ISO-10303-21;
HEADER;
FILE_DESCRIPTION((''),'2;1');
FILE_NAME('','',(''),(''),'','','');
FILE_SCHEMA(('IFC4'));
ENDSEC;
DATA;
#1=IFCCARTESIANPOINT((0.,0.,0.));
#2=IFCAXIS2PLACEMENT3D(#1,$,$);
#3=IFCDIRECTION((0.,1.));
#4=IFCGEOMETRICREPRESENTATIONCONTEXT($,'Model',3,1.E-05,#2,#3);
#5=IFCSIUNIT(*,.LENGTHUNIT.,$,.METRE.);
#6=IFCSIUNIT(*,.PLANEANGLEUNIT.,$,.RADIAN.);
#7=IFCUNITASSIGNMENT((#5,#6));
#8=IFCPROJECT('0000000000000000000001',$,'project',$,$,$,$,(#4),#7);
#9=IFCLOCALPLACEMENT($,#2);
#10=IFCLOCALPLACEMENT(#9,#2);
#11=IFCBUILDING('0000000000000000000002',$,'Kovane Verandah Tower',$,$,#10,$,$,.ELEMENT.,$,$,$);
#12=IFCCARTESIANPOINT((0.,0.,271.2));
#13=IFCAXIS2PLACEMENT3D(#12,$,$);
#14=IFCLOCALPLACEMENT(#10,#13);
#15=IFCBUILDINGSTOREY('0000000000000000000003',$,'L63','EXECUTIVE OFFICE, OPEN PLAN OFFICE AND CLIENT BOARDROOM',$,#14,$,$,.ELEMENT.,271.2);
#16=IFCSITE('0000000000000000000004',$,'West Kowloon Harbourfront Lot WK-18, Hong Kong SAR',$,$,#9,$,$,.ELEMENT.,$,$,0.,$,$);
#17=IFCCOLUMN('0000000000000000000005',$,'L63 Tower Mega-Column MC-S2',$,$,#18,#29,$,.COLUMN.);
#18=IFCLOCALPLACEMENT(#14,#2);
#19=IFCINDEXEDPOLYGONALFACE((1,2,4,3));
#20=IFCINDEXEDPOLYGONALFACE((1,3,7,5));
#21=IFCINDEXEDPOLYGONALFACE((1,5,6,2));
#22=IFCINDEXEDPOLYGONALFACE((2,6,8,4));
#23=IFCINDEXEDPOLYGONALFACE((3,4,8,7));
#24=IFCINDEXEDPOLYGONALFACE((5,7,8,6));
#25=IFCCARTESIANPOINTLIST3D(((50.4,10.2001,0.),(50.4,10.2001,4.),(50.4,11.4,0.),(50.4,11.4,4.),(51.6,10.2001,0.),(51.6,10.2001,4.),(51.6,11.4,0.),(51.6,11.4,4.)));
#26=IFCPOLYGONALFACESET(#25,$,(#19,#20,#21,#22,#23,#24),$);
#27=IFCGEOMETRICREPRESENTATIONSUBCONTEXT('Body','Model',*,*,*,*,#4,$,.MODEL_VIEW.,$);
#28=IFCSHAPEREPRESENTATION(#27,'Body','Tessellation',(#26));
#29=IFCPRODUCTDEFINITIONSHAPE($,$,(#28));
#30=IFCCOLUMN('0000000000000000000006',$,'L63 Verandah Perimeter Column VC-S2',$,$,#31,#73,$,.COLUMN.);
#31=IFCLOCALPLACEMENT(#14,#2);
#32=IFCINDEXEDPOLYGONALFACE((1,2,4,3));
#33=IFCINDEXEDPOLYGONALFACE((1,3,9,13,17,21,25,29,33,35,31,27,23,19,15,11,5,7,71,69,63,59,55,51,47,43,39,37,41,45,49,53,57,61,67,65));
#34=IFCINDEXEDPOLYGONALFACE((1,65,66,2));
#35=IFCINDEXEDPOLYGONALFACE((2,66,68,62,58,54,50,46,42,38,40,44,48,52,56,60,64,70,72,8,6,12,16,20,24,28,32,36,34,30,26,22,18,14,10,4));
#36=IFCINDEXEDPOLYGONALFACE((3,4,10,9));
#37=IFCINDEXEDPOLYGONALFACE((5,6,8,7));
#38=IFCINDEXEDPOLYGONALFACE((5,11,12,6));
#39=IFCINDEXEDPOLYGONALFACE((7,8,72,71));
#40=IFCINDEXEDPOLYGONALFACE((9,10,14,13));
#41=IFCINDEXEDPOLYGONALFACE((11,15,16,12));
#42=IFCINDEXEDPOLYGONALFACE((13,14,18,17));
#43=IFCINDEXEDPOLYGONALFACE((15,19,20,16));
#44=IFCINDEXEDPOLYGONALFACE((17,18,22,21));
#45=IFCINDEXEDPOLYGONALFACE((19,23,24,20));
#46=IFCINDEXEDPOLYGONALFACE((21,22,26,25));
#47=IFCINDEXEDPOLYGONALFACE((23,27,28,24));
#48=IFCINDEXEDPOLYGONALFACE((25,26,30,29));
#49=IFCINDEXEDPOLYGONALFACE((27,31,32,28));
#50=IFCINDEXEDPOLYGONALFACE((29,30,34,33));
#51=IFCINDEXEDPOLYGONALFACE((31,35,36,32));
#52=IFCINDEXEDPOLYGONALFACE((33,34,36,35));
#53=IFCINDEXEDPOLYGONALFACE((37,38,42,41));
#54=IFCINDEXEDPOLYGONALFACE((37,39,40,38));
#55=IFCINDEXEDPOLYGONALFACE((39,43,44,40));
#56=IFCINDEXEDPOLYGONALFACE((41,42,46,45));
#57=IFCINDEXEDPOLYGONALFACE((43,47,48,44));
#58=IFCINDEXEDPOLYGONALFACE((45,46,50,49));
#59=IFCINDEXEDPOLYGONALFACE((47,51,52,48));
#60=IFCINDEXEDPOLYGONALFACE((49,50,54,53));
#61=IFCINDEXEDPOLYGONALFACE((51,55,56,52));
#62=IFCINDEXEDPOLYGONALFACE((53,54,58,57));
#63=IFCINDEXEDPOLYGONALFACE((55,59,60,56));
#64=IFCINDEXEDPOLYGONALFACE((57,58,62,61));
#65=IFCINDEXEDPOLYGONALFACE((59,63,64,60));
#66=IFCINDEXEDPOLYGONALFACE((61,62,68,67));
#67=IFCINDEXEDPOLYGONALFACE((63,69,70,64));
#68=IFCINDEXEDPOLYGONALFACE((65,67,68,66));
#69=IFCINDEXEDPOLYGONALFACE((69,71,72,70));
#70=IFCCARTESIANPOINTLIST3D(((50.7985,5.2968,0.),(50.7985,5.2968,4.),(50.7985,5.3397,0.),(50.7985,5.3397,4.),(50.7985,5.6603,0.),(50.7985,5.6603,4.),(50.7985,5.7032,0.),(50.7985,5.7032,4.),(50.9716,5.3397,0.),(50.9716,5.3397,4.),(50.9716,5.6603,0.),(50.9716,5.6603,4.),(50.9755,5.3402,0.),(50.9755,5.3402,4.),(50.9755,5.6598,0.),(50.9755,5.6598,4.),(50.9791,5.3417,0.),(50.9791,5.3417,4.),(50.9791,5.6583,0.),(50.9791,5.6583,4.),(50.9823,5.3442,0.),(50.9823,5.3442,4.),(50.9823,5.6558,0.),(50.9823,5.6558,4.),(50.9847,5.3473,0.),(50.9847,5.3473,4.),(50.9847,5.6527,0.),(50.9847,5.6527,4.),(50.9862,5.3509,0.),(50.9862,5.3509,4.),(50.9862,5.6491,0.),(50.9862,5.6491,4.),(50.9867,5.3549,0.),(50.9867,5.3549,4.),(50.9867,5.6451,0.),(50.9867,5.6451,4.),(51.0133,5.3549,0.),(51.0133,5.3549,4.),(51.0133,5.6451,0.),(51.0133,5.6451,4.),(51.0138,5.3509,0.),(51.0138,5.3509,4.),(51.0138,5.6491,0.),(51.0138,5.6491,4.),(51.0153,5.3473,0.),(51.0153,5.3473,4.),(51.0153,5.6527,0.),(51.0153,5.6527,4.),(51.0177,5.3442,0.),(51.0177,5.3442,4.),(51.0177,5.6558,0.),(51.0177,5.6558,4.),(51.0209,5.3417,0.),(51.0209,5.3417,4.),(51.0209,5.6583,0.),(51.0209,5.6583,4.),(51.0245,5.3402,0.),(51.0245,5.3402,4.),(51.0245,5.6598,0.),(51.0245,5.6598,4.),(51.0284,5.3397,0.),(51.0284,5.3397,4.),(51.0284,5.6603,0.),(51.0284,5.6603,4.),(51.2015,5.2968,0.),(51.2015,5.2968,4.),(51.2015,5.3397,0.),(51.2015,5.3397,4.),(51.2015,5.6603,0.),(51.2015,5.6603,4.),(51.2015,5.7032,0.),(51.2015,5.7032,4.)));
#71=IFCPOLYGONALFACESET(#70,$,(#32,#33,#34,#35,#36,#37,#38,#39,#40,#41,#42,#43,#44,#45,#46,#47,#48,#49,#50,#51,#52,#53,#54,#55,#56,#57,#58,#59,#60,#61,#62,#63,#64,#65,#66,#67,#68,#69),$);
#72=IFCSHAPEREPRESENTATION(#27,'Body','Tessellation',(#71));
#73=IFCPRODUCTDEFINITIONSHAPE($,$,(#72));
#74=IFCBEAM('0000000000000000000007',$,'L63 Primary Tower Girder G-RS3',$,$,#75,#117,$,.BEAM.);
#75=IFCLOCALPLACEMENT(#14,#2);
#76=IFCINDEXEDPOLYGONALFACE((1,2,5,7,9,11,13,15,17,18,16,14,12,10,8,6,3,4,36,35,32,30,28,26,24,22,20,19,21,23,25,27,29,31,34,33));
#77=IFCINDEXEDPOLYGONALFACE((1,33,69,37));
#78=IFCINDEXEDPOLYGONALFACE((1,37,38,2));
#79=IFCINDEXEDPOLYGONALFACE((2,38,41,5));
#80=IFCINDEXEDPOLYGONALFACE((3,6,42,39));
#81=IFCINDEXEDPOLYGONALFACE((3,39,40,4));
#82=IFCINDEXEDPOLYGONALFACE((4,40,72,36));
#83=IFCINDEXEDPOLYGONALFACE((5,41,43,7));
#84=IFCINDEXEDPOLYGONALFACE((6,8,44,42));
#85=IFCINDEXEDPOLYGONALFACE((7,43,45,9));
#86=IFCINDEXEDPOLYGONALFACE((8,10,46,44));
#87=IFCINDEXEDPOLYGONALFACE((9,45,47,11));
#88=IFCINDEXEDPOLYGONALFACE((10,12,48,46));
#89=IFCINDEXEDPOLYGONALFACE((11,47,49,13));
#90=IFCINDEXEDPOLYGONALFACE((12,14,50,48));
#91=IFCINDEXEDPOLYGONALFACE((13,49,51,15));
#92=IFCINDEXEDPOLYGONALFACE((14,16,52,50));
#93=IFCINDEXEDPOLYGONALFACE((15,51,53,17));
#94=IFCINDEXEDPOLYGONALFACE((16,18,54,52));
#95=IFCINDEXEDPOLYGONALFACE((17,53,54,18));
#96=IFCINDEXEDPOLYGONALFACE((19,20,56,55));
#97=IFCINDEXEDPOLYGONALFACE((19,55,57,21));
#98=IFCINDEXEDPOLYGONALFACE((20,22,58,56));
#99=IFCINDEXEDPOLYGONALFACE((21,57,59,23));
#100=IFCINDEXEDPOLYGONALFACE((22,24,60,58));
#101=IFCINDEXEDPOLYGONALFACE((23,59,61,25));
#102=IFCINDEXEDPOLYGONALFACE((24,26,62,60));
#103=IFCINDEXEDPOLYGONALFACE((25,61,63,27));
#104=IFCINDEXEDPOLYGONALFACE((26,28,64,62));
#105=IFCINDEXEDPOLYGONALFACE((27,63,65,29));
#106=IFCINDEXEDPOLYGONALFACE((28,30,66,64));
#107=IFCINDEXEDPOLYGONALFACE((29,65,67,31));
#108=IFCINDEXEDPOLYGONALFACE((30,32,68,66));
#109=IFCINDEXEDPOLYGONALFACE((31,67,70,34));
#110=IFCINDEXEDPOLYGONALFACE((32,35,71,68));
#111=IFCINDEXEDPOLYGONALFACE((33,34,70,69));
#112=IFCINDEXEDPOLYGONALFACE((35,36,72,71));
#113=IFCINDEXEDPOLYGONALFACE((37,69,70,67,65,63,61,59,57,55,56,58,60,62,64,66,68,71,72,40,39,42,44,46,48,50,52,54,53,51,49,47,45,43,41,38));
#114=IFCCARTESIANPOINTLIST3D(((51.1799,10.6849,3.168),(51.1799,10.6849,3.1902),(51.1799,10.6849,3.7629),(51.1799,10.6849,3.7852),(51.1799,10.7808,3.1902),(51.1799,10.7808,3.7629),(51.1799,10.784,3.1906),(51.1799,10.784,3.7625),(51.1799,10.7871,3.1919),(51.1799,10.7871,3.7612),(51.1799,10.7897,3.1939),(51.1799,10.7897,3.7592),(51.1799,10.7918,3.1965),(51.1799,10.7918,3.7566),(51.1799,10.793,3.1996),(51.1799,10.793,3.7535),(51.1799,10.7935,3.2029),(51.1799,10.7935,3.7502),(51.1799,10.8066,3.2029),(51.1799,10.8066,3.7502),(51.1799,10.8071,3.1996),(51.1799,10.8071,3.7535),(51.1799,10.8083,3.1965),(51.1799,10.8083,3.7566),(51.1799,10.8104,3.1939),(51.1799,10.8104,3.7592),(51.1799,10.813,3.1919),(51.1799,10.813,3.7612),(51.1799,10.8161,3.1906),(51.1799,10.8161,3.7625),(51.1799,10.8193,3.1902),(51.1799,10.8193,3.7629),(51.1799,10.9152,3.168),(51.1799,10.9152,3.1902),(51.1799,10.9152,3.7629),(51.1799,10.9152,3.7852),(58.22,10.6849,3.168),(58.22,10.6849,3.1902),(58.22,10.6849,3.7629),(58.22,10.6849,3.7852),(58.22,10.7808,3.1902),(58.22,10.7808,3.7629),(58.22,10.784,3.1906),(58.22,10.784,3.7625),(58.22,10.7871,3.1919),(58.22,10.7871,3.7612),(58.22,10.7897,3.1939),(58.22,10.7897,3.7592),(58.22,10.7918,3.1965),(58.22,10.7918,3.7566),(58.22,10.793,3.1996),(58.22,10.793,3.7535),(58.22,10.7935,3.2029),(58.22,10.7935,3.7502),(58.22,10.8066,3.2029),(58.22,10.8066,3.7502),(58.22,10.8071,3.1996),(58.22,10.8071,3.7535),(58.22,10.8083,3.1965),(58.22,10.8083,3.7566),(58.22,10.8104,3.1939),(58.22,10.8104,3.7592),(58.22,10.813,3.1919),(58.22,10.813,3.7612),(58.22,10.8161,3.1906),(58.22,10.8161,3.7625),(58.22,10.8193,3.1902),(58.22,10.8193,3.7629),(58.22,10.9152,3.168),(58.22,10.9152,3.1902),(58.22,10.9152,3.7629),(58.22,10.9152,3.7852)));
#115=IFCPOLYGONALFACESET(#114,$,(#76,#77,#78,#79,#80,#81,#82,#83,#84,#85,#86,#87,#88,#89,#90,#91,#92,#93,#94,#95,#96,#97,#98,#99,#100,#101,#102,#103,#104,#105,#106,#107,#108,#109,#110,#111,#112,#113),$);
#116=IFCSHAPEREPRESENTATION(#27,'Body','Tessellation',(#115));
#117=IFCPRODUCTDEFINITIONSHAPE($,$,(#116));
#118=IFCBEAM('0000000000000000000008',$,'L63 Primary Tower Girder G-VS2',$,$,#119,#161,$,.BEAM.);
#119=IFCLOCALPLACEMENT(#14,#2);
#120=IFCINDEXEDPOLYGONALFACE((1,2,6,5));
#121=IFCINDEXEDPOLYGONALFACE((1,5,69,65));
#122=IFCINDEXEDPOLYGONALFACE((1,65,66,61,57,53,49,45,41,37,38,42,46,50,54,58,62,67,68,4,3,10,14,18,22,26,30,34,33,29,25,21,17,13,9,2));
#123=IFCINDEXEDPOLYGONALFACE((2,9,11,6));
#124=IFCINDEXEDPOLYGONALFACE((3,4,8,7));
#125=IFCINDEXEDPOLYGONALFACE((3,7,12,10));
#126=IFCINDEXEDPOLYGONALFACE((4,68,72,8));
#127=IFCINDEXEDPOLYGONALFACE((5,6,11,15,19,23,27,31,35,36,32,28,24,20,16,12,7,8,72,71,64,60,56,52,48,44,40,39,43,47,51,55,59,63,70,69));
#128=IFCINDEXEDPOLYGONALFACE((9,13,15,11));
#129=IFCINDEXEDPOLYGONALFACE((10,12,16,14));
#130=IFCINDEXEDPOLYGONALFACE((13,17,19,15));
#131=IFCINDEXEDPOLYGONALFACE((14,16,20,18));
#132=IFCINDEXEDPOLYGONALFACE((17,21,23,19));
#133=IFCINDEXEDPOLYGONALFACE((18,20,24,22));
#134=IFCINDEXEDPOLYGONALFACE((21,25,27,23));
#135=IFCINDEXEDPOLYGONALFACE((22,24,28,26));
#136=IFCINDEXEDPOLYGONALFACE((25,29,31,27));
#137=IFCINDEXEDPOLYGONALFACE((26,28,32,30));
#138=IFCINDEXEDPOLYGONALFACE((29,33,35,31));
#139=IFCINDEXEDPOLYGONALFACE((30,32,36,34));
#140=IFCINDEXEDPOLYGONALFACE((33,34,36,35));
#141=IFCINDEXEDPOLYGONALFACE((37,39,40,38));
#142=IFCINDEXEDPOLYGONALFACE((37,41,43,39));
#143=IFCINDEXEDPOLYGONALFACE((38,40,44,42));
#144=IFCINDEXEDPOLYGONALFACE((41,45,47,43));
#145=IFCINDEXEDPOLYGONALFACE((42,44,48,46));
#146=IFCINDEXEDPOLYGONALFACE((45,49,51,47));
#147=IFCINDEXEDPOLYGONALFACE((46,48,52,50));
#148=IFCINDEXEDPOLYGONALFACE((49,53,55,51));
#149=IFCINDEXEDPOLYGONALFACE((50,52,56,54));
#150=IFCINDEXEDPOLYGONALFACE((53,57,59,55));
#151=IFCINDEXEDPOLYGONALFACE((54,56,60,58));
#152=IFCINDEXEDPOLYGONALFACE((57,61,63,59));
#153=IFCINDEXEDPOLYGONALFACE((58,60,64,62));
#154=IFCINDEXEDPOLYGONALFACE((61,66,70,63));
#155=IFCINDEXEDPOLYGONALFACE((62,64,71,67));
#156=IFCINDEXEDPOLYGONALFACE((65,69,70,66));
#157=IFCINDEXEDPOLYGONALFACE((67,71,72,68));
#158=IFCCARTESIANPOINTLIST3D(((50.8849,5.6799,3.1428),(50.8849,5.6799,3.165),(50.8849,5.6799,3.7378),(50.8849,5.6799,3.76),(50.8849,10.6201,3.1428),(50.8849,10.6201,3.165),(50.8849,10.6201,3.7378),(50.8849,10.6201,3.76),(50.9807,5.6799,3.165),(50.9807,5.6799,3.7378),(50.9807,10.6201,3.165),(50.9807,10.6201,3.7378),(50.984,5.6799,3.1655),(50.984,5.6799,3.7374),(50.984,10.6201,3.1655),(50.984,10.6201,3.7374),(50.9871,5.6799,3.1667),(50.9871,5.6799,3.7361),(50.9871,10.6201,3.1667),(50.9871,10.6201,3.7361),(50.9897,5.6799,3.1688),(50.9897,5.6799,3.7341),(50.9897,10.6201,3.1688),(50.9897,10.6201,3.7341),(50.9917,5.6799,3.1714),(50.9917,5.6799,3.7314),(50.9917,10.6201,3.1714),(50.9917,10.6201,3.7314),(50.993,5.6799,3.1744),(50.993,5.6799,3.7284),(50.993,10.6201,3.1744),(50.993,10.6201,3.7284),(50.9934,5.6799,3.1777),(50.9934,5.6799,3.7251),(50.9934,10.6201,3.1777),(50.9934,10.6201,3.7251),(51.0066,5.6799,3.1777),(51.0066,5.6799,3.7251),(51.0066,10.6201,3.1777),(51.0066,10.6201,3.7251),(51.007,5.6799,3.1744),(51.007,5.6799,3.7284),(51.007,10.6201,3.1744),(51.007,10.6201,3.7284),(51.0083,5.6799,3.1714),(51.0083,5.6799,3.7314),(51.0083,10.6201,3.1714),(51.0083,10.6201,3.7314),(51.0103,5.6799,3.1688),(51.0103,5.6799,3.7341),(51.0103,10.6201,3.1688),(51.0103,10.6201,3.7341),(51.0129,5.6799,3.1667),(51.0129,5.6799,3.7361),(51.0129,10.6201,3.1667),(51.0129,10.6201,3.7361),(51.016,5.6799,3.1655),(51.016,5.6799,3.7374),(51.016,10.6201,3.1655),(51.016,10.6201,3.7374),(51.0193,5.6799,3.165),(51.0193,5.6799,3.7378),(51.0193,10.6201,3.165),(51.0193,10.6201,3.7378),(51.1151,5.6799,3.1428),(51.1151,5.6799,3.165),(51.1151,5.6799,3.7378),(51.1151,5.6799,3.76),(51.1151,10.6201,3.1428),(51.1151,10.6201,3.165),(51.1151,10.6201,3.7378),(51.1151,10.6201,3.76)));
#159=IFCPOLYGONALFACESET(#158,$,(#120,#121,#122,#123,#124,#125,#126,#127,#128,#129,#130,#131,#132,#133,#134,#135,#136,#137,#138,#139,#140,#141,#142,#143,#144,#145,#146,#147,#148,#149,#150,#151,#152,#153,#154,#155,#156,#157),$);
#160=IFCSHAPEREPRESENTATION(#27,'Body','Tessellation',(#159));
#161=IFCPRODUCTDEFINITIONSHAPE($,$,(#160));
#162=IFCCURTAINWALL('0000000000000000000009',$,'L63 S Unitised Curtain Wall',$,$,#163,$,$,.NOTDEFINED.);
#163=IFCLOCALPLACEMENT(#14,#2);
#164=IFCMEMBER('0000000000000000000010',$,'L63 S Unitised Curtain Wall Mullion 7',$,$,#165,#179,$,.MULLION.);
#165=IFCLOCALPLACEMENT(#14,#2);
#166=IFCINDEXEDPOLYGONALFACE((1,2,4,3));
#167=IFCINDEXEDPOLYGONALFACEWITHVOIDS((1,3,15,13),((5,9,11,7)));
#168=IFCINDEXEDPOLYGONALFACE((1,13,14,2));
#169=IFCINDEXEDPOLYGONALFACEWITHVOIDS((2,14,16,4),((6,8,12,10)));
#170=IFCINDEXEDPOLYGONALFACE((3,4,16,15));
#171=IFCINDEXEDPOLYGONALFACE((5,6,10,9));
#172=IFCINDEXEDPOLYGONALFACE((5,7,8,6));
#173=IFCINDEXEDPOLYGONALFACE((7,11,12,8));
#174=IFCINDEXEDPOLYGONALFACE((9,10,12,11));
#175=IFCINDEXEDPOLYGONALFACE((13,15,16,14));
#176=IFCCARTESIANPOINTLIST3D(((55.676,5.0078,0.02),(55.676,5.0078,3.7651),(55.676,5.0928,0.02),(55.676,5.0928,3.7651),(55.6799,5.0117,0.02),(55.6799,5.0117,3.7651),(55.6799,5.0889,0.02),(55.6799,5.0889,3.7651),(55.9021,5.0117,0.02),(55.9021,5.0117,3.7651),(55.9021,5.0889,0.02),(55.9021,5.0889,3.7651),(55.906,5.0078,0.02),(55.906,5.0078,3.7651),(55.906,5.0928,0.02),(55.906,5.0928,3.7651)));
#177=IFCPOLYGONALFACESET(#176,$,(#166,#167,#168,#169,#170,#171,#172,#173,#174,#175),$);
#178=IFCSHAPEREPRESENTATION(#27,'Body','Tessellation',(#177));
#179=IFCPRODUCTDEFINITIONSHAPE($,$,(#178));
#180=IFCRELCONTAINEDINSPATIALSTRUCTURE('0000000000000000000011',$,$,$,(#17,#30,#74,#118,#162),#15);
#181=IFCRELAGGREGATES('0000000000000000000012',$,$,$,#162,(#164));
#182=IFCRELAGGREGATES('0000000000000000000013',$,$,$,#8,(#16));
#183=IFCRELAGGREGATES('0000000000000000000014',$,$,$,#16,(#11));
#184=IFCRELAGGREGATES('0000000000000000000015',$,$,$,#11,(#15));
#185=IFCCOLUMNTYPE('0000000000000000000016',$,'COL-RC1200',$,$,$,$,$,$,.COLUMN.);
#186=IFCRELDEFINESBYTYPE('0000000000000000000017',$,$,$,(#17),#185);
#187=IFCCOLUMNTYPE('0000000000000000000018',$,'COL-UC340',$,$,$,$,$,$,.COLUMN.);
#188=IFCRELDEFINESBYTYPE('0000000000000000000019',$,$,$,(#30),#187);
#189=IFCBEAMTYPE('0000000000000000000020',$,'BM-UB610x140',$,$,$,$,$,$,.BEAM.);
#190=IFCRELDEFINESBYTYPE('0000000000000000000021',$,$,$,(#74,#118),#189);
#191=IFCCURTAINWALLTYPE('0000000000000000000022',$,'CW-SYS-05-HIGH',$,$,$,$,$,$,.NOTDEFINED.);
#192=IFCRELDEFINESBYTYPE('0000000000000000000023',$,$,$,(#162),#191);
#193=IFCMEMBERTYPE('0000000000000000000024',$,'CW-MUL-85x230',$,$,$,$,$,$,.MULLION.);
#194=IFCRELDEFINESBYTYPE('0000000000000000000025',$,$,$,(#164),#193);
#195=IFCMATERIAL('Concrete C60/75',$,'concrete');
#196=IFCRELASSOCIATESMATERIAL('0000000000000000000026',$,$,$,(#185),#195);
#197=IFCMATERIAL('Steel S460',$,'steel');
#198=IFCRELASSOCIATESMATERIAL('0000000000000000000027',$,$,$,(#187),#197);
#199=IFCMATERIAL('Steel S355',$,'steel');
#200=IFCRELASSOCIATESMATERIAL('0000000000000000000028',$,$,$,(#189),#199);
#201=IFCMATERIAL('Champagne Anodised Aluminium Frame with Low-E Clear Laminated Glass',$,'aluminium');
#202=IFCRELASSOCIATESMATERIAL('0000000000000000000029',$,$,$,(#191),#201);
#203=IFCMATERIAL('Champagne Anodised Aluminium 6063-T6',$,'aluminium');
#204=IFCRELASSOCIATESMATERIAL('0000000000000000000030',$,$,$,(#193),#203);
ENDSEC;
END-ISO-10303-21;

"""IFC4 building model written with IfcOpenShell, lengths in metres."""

from ifc_helpers import new_model, si_unit, direction, frame, origin, origin_2d, place, context, subcontext, project, spatial, rectangle, hollow_rectangle, i_section, extrude, material, material_profile, profile_set, type_object, element, aggregate, save


model = new_model("IFC4")

# Units and contexts
model_context = context("Model", 3, precision=1e-05, world=origin(), true_north=direction((0.0, 1.0)))
body_context = subcontext(model_context, "Body", "Model", "MODEL_VIEW")
ifc_project = project(units=[si_unit("LENGTHUNIT", "METRE"), si_unit("PLANEANGLEUNIT", "RADIAN")], contexts=[model_context])

# Site, building, storey
site_placement = place(None, origin())
site = spatial("IfcSite", under=ifc_project, at=site_placement, Name="West Kowloon Harbourfront Lot WK-18, Hong Kong SAR", CompositionType="ELEMENT", RefElevation=0.0)
building_placement = place(site_placement, origin())
building = spatial("IfcBuilding", under=site, at=building_placement, Name="Kovane Verandah Tower", CompositionType="ELEMENT")
storey_placement = place(building_placement, frame((0.0, 0.0, 271.2)))
storey = spatial("IfcBuildingStorey", under=building, at=storey_placement, Name="L63", Description="EXECUTIVE OFFICE, OPEN PLAN OFFICE AND CLIENT BOARDROOM", CompositionType="ELEMENT", Elevation=271.2)

# Columns
ifc_material_1 = material(Name="Concrete C60/75", Category="concrete")
ifc_material_profile_1 = material_profile(ifc_material_1, rectangle(XDim=1.2, YDim=1.2, at=origin_2d()), Name="RC1200x1200")
ifc_profile_set_1 = profile_set([ifc_material_profile_1], Name="Concrete C60/75")
column_type_1 = type_object("IfcColumnType", Name="COL-RC1200", PredefinedType="COLUMN", material=ifc_profile_set_1)
column_1_placement = place(storey_placement, frame((51.0, 10.8, 0.0), z_axis=(0.0, 0.0, 1.0), x_axis=(1.0, 0.0, 0.0)))
element("IfcColumn", 1, at=column_1_placement, inside=storey, type_object=column_type_1, Name="L63 Tower Mega-Column MC-S2", PredefinedType="COLUMN", context=body_context, shape_type="SweptSolid", body=[
    extrude(rectangle(XDim=1.2, YDim=1.2, at=origin_2d()), origin(), (0.0, 0.0, 1.0), 4.0),
])
ifc_material_2 = material(Name="Steel S460", Category="steel")
ifc_material_profile_2 = material_profile(ifc_material_2, i_section(OverallWidth=0.4031, OverallDepth=0.4065, WebThickness=0.0266, FlangeThickness=0.043, FilletRadius=0.0151, at=origin_2d()), Name="UC356x406x340")
ifc_profile_set_2 = profile_set([ifc_material_profile_2], Name="Steel S460")
column_type_2 = type_object("IfcColumnType", Name="COL-UC340", PredefinedType="COLUMN", material=ifc_profile_set_2)
column_2_placement = place(storey_placement, frame((51.0, 5.5, 0.0), z_axis=(0.0, 0.0, 1.0), x_axis=(1.0, 0.0, 0.0)))
element("IfcColumn", 2, at=column_2_placement, inside=storey, type_object=column_type_2, Name="L63 Verandah Perimeter Column VC-S2", PredefinedType="COLUMN", context=body_context, shape_type="SweptSolid", body=[
    extrude(i_section(OverallWidth=0.4031, OverallDepth=0.4065, WebThickness=0.0266, FlangeThickness=0.043, FilletRadius=0.0151, at=origin_2d()), origin(), (0.0, 0.0, 1.0), 4.0),
])

# Beams
ifc_material_3 = material(Name="Steel S355", Category="steel")
ifc_material_profile_3 = material_profile(ifc_material_3, i_section(OverallWidth=0.2302, OverallDepth=0.6172, WebThickness=0.0132, FlangeThickness=0.0222, FilletRadius=0.0127, at=origin_2d()), Name="UB610x229x140")
ifc_profile_set_3 = profile_set([ifc_material_profile_3], Name="Steel S355")
beam_type = type_object("IfcBeamType", Name="BM-UB610x140", PredefinedType="BEAM", material=ifc_profile_set_3)
beam_1_placement = place(storey_placement, frame((51.1799, 10.8, 3.4766), z_axis=(1.0, 0.0, 0.0), x_axis=(0.0, 1.0, 0.0)))
element("IfcBeam", 3, at=beam_1_placement, inside=storey, type_object=beam_type, Name="L63 Primary Tower Girder G-RS3", PredefinedType="BEAM", context=body_context, shape_type="SweptSolid", body=[
    extrude(i_section(OverallWidth=0.2302, OverallDepth=0.6172, WebThickness=0.0132, FlangeThickness=0.0222, FilletRadius=0.0127, at=origin_2d()), origin(), (0.0, 0.0, 1.0), 7.04),
])
beam_2_placement = place(storey_placement, frame((51.0, 10.6201, 3.4514), z_axis=(0.0, -1.0, 0.0), x_axis=(1.0, 0.0, 0.0)))
element("IfcBeam", 4, at=beam_2_placement, inside=storey, type_object=beam_type, Name="L63 Primary Tower Girder G-VS2", PredefinedType="BEAM", context=body_context, shape_type="SweptSolid", body=[
    extrude(i_section(OverallWidth=0.2302, OverallDepth=0.6172, WebThickness=0.0132, FlangeThickness=0.0222, FilletRadius=0.0127, at=origin_2d()), origin(), (0.0, 0.0, 1.0), 4.9402),
])

# Curtain wall, member
ifc_material_4 = material(Name="Champagne Anodised Aluminium Frame with Low-E Clear Laminated Glass", Category="aluminium")
curtain_wall_type = type_object("IfcCurtainWallType", Name="CW-SYS-05-HIGH", PredefinedType="NOTDEFINED", material=ifc_material_4)
curtain_wall_placement = place(storey_placement, origin())
curtain_wall = element("IfcCurtainWall", 5, at=curtain_wall_placement, inside=storey, type_object=curtain_wall_type, Name="L63 S Unitised Curtain Wall", PredefinedType="NOTDEFINED")
ifc_material_5 = material(Name="Champagne Anodised Aluminium 6063-T6", Category="aluminium")
ifc_material_profile_4 = material_profile(ifc_material_5, hollow_rectangle(XDim=0.085, YDim=0.23, WallThickness=0.0039, at=origin_2d()), Name="AL85x230x4")
ifc_profile_set_4 = profile_set([ifc_material_profile_4], Name="Champagne Anodised Aluminium 6063-T6")
member_type_1 = type_object("IfcMemberType", Name="CW-MUL-85x230", PredefinedType="MULLION", material=ifc_profile_set_4)
member_1_placement = place(storey_placement, frame((55.791, 5.0503, 0.02), z_axis=(0.0, 0.0, 1.0), x_axis=(0.0, -1.0, 0.0)))
member_1 = element("IfcMember", 6, at=member_1_placement, type_object=member_type_1, Name="L63 S Unitised Curtain Wall Mullion 7", PredefinedType="MULLION", context=body_context, shape_type="SweptSolid", body=[
    extrude(hollow_rectangle(XDim=0.085, YDim=0.23, WallThickness=0.0039, at=origin_2d()), origin(), (0.0, 0.0, 1.0), 3.7451),
])
aggregate(curtain_wall, [member_1])

save(model, "model.ifc")
